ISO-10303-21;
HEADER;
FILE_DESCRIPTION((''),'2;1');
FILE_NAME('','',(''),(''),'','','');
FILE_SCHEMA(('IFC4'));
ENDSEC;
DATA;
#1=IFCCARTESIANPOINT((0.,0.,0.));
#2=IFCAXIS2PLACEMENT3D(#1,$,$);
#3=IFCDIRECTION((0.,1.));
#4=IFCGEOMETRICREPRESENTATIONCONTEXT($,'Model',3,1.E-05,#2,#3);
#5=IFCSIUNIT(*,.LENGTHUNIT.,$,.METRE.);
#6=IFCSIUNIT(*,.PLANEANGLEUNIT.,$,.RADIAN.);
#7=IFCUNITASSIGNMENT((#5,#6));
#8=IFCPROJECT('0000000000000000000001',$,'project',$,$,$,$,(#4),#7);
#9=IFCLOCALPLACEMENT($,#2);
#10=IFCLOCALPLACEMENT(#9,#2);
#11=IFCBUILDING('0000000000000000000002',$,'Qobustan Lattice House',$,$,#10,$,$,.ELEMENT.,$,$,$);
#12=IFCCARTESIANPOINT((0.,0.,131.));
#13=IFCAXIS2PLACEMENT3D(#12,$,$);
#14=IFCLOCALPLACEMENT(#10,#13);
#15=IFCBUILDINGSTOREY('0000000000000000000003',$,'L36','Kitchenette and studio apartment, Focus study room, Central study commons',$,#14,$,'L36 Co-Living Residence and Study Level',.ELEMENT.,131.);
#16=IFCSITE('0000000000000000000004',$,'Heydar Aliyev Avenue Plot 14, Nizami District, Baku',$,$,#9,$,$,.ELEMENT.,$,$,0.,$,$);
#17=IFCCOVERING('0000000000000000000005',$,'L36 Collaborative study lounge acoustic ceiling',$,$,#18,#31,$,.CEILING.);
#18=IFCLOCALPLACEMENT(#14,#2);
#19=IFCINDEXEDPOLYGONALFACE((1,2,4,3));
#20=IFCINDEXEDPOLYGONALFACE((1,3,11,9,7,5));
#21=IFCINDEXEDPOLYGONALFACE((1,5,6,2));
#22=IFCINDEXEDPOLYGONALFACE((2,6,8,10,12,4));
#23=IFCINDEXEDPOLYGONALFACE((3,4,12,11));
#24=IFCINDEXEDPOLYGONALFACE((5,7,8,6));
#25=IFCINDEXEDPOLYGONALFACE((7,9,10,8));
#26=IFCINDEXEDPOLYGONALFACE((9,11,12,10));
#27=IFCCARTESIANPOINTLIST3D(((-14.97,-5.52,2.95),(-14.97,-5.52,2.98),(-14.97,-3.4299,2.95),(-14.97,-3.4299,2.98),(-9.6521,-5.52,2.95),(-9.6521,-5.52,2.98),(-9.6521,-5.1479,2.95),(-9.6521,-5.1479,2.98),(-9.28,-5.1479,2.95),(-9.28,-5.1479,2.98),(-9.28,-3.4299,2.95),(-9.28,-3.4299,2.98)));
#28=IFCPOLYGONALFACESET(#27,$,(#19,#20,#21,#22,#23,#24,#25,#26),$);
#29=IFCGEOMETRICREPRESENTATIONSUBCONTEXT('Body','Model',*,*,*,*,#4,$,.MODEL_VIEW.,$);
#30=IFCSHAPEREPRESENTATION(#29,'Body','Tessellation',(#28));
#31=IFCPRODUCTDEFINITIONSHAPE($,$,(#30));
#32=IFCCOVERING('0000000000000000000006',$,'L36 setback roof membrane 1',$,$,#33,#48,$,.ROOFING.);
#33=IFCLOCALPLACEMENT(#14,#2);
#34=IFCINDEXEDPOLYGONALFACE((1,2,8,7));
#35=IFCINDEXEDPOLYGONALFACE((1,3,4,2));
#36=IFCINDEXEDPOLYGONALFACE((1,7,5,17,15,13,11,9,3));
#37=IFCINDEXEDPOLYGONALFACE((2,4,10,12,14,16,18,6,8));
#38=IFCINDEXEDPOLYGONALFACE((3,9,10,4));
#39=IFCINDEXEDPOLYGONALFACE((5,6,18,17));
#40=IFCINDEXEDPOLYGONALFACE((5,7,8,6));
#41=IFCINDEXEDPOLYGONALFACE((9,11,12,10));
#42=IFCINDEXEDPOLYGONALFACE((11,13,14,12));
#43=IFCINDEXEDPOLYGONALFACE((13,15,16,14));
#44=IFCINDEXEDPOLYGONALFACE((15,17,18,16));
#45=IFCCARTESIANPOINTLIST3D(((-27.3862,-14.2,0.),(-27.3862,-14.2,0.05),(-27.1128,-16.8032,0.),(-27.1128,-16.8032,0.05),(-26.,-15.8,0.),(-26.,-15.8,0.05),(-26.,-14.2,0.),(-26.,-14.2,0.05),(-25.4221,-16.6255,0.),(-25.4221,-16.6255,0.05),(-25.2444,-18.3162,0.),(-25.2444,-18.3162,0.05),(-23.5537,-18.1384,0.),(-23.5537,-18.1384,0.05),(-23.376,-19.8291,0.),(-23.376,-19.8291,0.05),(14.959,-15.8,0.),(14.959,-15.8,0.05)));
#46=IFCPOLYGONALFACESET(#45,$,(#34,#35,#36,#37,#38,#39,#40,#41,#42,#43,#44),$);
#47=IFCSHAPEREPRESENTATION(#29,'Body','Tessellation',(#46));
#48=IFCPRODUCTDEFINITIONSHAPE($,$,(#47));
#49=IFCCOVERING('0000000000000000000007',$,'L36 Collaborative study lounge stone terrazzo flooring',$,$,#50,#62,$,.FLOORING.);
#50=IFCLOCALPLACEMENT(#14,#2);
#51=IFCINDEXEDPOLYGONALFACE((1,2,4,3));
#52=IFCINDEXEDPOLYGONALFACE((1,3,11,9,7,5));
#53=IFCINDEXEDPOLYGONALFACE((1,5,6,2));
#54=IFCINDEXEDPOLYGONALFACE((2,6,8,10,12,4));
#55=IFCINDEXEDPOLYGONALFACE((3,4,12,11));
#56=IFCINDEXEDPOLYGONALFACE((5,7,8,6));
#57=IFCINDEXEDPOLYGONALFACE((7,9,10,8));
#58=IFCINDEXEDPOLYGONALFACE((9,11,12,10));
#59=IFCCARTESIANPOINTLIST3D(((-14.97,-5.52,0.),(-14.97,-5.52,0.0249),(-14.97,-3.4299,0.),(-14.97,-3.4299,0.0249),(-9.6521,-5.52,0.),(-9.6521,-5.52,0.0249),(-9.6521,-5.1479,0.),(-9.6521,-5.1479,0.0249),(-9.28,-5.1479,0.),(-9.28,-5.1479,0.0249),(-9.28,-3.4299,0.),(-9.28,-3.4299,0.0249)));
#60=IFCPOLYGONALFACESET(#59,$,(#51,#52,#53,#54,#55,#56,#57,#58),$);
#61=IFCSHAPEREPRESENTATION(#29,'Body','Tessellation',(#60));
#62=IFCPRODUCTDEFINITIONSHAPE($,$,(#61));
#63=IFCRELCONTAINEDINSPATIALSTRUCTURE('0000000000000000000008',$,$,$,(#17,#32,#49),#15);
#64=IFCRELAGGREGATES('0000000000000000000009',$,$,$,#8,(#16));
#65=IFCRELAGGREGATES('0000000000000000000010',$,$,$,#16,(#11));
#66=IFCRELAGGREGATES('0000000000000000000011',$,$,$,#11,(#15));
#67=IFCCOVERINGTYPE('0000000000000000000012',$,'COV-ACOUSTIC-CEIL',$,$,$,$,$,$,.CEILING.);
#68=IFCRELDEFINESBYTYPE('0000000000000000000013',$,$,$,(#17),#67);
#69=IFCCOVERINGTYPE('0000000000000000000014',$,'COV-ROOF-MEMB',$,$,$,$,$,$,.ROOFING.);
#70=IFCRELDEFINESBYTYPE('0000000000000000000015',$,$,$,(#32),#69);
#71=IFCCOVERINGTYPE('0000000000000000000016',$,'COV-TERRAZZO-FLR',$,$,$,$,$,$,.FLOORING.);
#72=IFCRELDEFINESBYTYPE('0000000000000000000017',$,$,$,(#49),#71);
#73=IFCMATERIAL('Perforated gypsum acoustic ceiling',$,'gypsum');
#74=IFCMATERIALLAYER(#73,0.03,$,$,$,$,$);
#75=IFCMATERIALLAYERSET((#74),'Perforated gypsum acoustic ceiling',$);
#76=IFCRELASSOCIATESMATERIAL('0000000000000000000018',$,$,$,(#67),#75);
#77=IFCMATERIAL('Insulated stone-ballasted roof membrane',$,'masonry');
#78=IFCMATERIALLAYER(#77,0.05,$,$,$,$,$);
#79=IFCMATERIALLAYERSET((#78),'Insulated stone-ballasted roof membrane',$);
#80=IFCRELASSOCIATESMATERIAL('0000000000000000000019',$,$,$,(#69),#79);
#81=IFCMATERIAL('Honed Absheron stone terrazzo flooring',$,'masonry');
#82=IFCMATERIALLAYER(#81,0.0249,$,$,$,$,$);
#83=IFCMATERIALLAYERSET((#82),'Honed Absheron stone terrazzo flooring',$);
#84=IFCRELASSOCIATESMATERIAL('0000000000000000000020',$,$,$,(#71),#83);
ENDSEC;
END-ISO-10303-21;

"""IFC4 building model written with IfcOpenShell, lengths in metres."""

from ifc_helpers import new_model, si_unit, direction, frame, origin, place, context, subcontext, project, spatial, polyline, outline, extrude, material, layer, layer_set, type_object, element, save


model = new_model("IFC4")

# Units and contexts
model_context = context("Model", 3, precision=1e-05, world=origin(), true_north=direction((0.0, 1.0)))
body_context = subcontext(model_context, "Body", "Model", "MODEL_VIEW")
ifc_project = project(units=[si_unit("LENGTHUNIT", "METRE"), si_unit("PLANEANGLEUNIT", "RADIAN")], contexts=[model_context])

# Site, building, storey
site_placement = place(None, origin())
site = spatial("IfcSite", under=ifc_project, at=site_placement, Name="Heydar Aliyev Avenue Plot 14, Nizami District, Baku", CompositionType="ELEMENT", RefElevation=0.0)
building_placement = place(site_placement, origin())
building = spatial("IfcBuilding", under=site, at=building_placement, Name="Qobustan Lattice House", CompositionType="ELEMENT")
storey_placement = place(building_placement, frame((0.0, 0.0, 131.0)))
storey = spatial("IfcBuildingStorey", under=building, at=storey_placement, Name="L36", Description="Kitchenette and studio apartment, Focus study room, Central study commons", LongName="L36 Co-Living Residence and Study Level", CompositionType="ELEMENT", Elevation=131.0)

# Coverings
ifc_material_1 = material(Name="Perforated gypsum acoustic ceiling", Category="gypsum")
ifc_layer_1 = layer(ifc_material_1, 0.03)
ifc_layer_set_1 = layer_set([ifc_layer_1], Name="Perforated gypsum acoustic ceiling")
covering_type_1 = type_object("IfcCoveringType", Name="COV-ACOUSTIC-CEIL", PredefinedType="CEILING", material=ifc_layer_set_1)
covering_1_placement = place(storey_placement, frame((0.0, 0.0, 2.95)))
element("IfcCovering", 1, at=covering_1_placement, inside=storey, type_object=covering_type_1, Name="L36 Collaborative study lounge acoustic ceiling", PredefinedType="CEILING", context=body_context, shape_type="SweptSolid", body=[
    extrude(outline(polyline([(-9.28, -3.4299), (-14.97, -3.4299), (-14.97, -5.52), (-9.6521, -5.52), (-9.6521, -5.1479), (-9.28, -5.1479), (-9.28, -3.4299)])), origin(), (0.0, 0.0, 1.0), 0.03),
])
ifc_material_2 = material(Name="Insulated stone-ballasted roof membrane", Category="masonry")
ifc_layer_2 = layer(ifc_material_2, 0.05)
ifc_layer_set_2 = layer_set([ifc_layer_2], Name="Insulated stone-ballasted roof membrane")
covering_type_2 = type_object("IfcCoveringType", Name="COV-ROOF-MEMB", PredefinedType="ROOFING", material=ifc_layer_set_2)
covering_2_placement = place(storey_placement, origin())
element("IfcCovering", 2, at=covering_2_placement, inside=storey, type_object=covering_type_2, Name="L36 setback roof membrane 1", PredefinedType="ROOFING", context=body_context, shape_type="SweptSolid", body=[
    extrude(outline(polyline([(-23.376, -19.8291), (14.959, -15.8), (-26.0, -15.8), (-26.0, -14.2), (-27.3862, -14.2), (-27.1128, -16.8032), (-25.4221, -16.6255), (-25.2444, -18.3162), (-23.5537, -18.1384), (-23.376, -19.8291)])), origin(), (0.0, 0.0, 1.0), 0.05),
])
ifc_material_3 = material(Name="Honed Absheron stone terrazzo flooring", Category="masonry")
ifc_layer_3 = layer(ifc_material_3, 0.0249)
ifc_layer_set_3 = layer_set([ifc_layer_3], Name="Honed Absheron stone terrazzo flooring")
covering_type_3 = type_object("IfcCoveringType", Name="COV-TERRAZZO-FLR", PredefinedType="FLOORING", material=ifc_layer_set_3)
covering_3_placement = place(storey_placement, origin())
element("IfcCovering", 3, at=covering_3_placement, inside=storey, type_object=covering_type_3, Name="L36 Collaborative study lounge stone terrazzo flooring", PredefinedType="FLOORING", context=body_context, shape_type="SweptSolid", body=[
    extrude(outline(polyline([(-9.28, -3.4299), (-14.97, -3.4299), (-14.97, -5.52), (-9.6521, -5.52), (-9.6521, -5.1479), (-9.28, -5.1479), (-9.28, -3.4299)])), origin(), (0.0, 0.0, 1.0), 0.0249),
])

save(model, "model.ifc")
